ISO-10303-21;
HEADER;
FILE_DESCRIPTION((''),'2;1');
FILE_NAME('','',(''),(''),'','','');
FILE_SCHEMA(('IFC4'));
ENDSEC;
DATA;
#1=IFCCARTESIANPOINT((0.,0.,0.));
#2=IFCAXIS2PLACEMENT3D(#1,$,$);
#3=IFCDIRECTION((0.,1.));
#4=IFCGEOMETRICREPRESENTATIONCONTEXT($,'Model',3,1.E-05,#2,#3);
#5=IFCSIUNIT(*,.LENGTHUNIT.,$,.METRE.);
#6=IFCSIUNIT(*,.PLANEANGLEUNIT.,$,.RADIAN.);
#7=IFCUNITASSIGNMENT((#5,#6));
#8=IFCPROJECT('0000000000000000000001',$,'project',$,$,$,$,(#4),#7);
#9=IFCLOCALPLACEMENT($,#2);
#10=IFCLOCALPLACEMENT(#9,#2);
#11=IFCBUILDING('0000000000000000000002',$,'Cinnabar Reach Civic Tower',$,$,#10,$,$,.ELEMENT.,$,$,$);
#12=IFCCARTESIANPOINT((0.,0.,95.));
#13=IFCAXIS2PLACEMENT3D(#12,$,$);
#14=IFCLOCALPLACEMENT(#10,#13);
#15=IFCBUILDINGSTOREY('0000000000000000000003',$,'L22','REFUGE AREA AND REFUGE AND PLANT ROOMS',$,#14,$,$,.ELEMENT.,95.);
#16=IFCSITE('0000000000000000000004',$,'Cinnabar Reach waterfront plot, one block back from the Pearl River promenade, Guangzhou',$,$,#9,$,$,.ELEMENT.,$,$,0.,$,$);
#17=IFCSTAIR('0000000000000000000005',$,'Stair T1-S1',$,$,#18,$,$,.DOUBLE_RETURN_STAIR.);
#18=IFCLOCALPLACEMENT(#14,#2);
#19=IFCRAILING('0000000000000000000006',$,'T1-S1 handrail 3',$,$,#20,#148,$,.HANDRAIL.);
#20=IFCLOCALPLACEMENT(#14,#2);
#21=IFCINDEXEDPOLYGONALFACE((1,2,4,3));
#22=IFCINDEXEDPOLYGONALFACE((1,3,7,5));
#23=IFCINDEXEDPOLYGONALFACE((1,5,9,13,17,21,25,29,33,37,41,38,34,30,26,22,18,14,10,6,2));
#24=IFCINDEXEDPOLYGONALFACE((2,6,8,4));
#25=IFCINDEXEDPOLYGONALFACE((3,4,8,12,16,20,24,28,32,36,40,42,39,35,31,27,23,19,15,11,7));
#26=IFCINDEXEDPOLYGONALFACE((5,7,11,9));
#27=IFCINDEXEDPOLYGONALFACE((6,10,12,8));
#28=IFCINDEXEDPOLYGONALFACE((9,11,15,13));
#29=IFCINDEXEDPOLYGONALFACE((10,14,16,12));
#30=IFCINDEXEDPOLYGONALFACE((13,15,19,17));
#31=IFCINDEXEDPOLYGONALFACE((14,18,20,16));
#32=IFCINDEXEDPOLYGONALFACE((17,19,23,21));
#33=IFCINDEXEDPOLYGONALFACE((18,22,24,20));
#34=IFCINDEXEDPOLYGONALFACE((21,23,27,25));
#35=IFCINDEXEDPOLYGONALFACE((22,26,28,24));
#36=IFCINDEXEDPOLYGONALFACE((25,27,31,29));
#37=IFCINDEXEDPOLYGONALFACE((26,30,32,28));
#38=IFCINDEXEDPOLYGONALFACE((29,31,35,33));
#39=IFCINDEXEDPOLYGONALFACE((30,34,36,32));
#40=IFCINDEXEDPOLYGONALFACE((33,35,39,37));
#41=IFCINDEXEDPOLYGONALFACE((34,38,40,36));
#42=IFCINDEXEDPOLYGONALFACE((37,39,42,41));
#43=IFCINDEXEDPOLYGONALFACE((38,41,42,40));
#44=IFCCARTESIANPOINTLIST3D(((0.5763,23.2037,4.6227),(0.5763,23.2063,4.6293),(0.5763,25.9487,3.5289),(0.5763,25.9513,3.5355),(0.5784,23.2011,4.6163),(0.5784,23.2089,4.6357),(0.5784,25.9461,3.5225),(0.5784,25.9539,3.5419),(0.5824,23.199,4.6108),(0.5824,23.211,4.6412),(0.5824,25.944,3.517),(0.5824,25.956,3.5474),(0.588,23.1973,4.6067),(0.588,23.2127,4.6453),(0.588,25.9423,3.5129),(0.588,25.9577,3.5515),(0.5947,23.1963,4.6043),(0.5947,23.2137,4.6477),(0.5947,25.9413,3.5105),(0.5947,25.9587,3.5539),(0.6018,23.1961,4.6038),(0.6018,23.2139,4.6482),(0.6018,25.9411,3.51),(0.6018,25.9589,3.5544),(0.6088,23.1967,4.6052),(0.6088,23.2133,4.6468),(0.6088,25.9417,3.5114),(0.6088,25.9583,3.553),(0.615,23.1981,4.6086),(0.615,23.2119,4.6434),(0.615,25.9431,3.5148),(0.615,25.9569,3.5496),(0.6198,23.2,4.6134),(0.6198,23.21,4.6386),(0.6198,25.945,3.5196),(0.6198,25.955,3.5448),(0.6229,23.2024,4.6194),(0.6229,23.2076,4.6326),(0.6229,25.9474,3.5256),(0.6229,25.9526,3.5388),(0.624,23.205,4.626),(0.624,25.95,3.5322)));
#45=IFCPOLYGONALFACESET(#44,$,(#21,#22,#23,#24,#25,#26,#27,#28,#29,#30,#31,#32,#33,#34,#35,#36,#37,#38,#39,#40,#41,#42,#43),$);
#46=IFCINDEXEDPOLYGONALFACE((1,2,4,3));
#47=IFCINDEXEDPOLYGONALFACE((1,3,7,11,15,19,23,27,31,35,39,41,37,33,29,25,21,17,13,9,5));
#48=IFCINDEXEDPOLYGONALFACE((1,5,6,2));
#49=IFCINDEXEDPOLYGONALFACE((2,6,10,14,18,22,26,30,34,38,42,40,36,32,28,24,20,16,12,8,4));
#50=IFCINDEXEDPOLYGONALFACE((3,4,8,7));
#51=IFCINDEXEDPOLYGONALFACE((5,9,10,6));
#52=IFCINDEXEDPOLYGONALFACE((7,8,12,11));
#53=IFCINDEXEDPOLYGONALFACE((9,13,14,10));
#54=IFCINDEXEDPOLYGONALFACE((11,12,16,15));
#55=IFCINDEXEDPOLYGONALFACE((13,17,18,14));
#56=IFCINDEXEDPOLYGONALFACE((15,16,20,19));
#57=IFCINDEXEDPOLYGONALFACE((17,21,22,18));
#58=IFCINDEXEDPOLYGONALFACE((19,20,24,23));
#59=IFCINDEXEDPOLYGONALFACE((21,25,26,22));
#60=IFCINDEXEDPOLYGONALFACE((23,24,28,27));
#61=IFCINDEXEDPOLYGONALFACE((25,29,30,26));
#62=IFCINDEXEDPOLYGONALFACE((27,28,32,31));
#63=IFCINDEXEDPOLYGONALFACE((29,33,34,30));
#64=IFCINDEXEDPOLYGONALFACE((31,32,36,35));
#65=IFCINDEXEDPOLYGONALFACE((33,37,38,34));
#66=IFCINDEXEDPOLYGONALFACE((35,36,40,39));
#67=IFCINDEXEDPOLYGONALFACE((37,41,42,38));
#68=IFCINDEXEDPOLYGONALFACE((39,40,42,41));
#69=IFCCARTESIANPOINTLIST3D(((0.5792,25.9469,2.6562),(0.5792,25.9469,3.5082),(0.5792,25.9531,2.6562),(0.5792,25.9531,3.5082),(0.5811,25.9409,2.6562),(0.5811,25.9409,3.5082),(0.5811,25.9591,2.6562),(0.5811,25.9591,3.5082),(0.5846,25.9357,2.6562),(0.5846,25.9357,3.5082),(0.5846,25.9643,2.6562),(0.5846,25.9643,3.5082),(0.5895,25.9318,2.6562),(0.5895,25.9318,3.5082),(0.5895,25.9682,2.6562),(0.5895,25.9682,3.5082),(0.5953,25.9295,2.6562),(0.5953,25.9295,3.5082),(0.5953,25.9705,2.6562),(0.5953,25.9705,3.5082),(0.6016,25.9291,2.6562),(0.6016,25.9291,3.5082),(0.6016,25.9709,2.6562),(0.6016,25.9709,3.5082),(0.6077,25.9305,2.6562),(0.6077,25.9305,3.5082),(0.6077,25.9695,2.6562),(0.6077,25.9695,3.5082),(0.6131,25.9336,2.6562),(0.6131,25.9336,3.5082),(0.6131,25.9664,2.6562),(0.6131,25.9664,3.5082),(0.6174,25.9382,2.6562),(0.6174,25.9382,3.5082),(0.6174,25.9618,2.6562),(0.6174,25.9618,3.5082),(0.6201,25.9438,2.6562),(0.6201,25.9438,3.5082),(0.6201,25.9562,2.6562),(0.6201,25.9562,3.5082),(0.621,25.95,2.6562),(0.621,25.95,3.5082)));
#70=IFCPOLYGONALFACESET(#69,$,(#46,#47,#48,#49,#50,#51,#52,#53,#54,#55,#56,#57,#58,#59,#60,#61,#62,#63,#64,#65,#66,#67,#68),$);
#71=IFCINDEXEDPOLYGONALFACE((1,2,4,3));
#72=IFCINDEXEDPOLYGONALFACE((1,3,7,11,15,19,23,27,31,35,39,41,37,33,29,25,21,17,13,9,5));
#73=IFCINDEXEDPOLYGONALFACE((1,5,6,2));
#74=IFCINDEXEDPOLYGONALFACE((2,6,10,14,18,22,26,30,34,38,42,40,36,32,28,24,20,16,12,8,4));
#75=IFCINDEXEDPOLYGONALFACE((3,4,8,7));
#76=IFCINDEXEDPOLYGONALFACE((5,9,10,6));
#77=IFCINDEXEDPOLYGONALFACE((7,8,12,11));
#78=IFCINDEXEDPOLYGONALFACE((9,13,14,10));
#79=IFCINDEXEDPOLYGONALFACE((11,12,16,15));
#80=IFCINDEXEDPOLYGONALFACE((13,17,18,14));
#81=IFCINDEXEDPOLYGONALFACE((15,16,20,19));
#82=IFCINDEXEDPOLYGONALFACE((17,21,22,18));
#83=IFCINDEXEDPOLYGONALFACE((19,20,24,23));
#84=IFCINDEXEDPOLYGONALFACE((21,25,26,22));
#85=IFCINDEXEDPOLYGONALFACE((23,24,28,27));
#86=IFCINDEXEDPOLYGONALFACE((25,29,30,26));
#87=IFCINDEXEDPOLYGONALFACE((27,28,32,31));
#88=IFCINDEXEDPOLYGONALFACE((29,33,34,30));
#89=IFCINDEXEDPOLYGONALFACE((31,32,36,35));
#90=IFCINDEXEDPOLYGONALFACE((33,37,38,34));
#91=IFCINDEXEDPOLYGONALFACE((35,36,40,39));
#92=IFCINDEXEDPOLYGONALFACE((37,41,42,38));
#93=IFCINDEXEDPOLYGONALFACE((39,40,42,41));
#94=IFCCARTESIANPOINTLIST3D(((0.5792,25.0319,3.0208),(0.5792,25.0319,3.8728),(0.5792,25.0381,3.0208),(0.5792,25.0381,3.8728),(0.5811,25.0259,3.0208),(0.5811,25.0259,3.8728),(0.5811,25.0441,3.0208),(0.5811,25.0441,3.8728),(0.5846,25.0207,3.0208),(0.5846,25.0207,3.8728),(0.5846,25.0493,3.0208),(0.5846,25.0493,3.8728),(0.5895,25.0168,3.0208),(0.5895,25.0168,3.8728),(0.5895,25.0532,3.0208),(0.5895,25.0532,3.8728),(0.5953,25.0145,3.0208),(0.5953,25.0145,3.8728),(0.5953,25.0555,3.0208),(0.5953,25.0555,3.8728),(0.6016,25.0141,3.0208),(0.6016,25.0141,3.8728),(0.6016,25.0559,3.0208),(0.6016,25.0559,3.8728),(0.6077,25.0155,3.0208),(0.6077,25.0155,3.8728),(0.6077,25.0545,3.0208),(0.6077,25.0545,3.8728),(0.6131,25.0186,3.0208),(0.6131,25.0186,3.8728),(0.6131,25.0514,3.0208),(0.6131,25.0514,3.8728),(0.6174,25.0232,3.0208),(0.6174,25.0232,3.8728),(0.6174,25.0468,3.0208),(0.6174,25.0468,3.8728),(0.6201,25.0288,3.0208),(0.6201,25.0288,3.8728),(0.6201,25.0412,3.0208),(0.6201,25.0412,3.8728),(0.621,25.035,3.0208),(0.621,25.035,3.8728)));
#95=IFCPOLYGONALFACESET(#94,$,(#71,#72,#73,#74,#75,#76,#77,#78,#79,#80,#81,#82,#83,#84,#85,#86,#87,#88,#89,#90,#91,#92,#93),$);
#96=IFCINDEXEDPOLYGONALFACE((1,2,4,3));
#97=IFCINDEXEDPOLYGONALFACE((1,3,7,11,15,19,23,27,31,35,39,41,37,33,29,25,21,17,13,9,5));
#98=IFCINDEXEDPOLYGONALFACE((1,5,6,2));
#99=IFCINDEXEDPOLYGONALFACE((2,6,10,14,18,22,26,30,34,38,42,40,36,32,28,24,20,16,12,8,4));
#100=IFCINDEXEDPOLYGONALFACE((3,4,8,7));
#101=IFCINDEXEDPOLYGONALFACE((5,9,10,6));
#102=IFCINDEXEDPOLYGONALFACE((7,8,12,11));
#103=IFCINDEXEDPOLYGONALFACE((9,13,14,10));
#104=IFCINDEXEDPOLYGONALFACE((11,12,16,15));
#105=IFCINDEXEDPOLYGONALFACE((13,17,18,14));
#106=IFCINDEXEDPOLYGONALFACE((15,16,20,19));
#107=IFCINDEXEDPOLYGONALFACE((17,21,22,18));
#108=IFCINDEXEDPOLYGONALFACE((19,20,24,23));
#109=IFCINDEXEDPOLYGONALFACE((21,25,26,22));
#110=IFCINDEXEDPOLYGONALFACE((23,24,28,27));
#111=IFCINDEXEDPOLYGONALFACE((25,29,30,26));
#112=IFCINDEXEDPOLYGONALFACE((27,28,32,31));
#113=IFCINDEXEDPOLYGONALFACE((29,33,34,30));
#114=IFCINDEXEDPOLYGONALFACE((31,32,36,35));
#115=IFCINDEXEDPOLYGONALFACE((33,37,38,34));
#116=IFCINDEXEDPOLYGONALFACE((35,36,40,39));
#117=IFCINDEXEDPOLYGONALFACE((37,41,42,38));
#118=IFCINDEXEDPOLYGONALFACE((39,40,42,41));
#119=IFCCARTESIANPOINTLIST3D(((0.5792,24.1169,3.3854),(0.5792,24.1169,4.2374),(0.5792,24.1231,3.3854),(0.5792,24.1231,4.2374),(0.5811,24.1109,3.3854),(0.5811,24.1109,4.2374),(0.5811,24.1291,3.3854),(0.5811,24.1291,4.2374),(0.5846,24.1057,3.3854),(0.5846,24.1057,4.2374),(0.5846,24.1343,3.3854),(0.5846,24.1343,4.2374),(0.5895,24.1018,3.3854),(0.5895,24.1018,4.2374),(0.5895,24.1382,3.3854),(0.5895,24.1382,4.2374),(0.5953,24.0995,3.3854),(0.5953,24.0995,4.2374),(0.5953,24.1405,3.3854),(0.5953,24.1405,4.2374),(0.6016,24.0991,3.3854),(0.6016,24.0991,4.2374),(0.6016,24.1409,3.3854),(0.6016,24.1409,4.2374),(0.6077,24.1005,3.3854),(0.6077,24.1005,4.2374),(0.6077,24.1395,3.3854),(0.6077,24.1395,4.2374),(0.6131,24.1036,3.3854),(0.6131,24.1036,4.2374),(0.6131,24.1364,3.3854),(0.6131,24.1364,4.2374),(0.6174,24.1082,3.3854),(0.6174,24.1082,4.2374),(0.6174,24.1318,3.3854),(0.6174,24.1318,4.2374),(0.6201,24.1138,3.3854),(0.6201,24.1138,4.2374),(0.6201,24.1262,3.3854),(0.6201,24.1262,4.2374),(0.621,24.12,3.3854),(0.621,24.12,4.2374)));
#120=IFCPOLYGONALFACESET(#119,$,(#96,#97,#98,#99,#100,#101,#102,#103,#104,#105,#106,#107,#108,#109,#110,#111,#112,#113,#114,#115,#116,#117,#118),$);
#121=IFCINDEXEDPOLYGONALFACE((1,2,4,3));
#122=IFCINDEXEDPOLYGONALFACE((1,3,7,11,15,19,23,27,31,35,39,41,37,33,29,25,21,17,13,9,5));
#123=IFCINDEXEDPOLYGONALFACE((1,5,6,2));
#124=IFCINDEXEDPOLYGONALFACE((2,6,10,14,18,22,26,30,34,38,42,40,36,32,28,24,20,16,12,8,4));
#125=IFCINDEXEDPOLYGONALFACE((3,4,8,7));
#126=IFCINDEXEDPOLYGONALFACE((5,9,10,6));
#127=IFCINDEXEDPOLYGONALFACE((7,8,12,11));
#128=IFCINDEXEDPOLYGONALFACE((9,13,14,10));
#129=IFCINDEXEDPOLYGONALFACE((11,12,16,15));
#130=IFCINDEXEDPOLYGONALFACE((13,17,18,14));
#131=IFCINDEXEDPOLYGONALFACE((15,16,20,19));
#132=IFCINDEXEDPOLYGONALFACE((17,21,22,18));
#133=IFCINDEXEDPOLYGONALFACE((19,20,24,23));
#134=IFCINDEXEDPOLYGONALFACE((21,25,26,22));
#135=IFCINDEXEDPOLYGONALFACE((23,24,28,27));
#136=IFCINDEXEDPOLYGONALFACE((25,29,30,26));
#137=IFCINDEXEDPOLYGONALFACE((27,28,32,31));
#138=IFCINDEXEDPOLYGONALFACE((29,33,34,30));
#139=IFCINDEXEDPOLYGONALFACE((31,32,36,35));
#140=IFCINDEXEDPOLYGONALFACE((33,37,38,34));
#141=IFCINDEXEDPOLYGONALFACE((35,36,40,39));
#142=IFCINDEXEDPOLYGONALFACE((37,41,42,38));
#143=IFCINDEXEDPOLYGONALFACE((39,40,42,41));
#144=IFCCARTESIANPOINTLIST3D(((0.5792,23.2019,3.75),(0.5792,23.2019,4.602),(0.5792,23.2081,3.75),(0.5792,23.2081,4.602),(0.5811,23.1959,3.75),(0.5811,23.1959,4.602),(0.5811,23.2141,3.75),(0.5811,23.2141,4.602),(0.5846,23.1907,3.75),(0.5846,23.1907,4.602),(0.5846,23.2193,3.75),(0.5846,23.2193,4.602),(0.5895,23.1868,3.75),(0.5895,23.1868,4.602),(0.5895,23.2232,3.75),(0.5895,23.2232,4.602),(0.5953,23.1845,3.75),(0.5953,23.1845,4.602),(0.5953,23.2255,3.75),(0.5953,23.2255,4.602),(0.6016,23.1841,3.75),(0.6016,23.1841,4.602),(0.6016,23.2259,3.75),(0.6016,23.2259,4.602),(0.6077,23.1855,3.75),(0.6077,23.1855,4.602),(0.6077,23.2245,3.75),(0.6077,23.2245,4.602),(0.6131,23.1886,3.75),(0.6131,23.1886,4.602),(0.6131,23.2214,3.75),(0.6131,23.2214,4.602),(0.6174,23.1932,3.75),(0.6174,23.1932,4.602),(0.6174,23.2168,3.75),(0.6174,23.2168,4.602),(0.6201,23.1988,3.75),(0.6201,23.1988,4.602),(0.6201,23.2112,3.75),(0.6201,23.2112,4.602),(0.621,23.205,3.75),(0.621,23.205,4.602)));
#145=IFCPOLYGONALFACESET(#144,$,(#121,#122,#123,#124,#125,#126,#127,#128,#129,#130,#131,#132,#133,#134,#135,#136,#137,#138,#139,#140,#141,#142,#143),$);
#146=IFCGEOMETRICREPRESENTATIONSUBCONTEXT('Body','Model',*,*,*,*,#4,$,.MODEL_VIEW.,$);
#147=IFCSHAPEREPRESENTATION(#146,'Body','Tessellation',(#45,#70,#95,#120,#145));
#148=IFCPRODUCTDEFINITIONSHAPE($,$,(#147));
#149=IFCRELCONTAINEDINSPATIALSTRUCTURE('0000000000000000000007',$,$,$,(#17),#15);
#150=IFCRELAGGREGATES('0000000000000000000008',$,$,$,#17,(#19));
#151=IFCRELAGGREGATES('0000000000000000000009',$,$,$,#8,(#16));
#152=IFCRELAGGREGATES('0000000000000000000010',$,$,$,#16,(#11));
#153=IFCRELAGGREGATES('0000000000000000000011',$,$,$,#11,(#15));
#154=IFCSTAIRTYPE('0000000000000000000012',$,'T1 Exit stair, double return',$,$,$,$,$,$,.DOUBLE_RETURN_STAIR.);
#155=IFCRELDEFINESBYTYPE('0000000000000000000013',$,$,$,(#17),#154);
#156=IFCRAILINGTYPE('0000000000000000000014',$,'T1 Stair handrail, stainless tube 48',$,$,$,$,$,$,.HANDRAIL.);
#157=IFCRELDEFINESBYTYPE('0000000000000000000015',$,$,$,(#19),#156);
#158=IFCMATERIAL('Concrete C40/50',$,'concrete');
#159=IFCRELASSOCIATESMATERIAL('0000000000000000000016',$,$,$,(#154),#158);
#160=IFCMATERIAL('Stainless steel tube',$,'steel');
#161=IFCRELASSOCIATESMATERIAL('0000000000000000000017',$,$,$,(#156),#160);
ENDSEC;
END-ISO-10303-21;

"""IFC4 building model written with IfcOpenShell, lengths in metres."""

from ifc_helpers import new_model, si_unit, direction, frame, origin, origin_2d, place, context, subcontext, project, spatial, circle, extrude, material, type_object, element, aggregate, save


model = new_model("IFC4")

# Units and contexts
model_context = context("Model", 3, precision=1e-05, world=origin(), true_north=direction((0.0, 1.0)))
body_context = subcontext(model_context, "Body", "Model", "MODEL_VIEW")
ifc_project = project(units=[si_unit("LENGTHUNIT", "METRE"), si_unit("PLANEANGLEUNIT", "RADIAN")], contexts=[model_context])

# Site, building, storey
site_placement = place(None, origin())
site = spatial("IfcSite", under=ifc_project, at=site_placement, Name="Cinnabar Reach waterfront plot, one block back from the Pearl River promenade, Guangzhou", CompositionType="ELEMENT", RefElevation=0.0)
building_placement = place(site_placement, origin())
building = spatial("IfcBuilding", under=site, at=building_placement, Name="Cinnabar Reach Civic Tower", CompositionType="ELEMENT")
storey_placement = place(building_placement, frame((0.0, 0.0, 95.0)))
storey = spatial("IfcBuildingStorey", under=building, at=storey_placement, Name="L22", Description="REFUGE AREA AND REFUGE AND PLANT ROOMS", CompositionType="ELEMENT", Elevation=95.0)

# Shared definitions
ifc_material_1 = material(Name="Concrete C40/50", Category="concrete")

# Stair, railing
stair_type = type_object("IfcStairType", Name="T1 Exit stair, double return", PredefinedType="DOUBLE_RETURN_STAIR", material=ifc_material_1)
stair_placement = place(storey_placement, origin())
stair = element("IfcStair", 1, at=stair_placement, inside=storey, type_object=stair_type, Name="Stair T1-S1", PredefinedType="DOUBLE_RETURN_STAIR")
ifc_material_2 = material(Name="Stainless steel tube", Category="steel")
railing_type_1 = type_object("IfcRailingType", Name="T1 Stair handrail, stainless tube 48", PredefinedType="HANDRAIL", material=ifc_material_2)
railing_1_placement = place(storey_placement, frame((0.6, 25.95, 2.6562)))
railing_1 = element("IfcRailing", 2, at=railing_1_placement, type_object=railing_type_1, Name="T1-S1 handrail 3", PredefinedType="HANDRAIL", context=body_context, shape_type="SweptSolid", body=[
    extrude(circle(Radius=0.024, at=origin_2d()), frame((0.0, 0.0, 0.876), z_axis=(0.0, -0.928966, 0.370165), x_axis=(1.0, 0.0, 0.0)), (0.0, 0.0, 1.0), 2.9549),
    extrude(circle(Radius=0.021, at=origin_2d()), origin(), (0.0, 0.0, 1.0), 0.852),
    extrude(circle(Radius=0.021, at=origin_2d()), frame((0.0, -0.915, 0.3646)), (0.0, 0.0, 1.0), 0.852),
    extrude(circle(Radius=0.021, at=origin_2d()), frame((0.0, -1.83, 0.7292)), (0.0, 0.0, 1.0), 0.852),
    extrude(circle(Radius=0.021, at=origin_2d()), frame((0.0, -2.745, 1.0938)), (0.0, 0.0, 1.0), 0.852),
])
aggregate(stair, [railing_1])

save(model, "model.ifc")
